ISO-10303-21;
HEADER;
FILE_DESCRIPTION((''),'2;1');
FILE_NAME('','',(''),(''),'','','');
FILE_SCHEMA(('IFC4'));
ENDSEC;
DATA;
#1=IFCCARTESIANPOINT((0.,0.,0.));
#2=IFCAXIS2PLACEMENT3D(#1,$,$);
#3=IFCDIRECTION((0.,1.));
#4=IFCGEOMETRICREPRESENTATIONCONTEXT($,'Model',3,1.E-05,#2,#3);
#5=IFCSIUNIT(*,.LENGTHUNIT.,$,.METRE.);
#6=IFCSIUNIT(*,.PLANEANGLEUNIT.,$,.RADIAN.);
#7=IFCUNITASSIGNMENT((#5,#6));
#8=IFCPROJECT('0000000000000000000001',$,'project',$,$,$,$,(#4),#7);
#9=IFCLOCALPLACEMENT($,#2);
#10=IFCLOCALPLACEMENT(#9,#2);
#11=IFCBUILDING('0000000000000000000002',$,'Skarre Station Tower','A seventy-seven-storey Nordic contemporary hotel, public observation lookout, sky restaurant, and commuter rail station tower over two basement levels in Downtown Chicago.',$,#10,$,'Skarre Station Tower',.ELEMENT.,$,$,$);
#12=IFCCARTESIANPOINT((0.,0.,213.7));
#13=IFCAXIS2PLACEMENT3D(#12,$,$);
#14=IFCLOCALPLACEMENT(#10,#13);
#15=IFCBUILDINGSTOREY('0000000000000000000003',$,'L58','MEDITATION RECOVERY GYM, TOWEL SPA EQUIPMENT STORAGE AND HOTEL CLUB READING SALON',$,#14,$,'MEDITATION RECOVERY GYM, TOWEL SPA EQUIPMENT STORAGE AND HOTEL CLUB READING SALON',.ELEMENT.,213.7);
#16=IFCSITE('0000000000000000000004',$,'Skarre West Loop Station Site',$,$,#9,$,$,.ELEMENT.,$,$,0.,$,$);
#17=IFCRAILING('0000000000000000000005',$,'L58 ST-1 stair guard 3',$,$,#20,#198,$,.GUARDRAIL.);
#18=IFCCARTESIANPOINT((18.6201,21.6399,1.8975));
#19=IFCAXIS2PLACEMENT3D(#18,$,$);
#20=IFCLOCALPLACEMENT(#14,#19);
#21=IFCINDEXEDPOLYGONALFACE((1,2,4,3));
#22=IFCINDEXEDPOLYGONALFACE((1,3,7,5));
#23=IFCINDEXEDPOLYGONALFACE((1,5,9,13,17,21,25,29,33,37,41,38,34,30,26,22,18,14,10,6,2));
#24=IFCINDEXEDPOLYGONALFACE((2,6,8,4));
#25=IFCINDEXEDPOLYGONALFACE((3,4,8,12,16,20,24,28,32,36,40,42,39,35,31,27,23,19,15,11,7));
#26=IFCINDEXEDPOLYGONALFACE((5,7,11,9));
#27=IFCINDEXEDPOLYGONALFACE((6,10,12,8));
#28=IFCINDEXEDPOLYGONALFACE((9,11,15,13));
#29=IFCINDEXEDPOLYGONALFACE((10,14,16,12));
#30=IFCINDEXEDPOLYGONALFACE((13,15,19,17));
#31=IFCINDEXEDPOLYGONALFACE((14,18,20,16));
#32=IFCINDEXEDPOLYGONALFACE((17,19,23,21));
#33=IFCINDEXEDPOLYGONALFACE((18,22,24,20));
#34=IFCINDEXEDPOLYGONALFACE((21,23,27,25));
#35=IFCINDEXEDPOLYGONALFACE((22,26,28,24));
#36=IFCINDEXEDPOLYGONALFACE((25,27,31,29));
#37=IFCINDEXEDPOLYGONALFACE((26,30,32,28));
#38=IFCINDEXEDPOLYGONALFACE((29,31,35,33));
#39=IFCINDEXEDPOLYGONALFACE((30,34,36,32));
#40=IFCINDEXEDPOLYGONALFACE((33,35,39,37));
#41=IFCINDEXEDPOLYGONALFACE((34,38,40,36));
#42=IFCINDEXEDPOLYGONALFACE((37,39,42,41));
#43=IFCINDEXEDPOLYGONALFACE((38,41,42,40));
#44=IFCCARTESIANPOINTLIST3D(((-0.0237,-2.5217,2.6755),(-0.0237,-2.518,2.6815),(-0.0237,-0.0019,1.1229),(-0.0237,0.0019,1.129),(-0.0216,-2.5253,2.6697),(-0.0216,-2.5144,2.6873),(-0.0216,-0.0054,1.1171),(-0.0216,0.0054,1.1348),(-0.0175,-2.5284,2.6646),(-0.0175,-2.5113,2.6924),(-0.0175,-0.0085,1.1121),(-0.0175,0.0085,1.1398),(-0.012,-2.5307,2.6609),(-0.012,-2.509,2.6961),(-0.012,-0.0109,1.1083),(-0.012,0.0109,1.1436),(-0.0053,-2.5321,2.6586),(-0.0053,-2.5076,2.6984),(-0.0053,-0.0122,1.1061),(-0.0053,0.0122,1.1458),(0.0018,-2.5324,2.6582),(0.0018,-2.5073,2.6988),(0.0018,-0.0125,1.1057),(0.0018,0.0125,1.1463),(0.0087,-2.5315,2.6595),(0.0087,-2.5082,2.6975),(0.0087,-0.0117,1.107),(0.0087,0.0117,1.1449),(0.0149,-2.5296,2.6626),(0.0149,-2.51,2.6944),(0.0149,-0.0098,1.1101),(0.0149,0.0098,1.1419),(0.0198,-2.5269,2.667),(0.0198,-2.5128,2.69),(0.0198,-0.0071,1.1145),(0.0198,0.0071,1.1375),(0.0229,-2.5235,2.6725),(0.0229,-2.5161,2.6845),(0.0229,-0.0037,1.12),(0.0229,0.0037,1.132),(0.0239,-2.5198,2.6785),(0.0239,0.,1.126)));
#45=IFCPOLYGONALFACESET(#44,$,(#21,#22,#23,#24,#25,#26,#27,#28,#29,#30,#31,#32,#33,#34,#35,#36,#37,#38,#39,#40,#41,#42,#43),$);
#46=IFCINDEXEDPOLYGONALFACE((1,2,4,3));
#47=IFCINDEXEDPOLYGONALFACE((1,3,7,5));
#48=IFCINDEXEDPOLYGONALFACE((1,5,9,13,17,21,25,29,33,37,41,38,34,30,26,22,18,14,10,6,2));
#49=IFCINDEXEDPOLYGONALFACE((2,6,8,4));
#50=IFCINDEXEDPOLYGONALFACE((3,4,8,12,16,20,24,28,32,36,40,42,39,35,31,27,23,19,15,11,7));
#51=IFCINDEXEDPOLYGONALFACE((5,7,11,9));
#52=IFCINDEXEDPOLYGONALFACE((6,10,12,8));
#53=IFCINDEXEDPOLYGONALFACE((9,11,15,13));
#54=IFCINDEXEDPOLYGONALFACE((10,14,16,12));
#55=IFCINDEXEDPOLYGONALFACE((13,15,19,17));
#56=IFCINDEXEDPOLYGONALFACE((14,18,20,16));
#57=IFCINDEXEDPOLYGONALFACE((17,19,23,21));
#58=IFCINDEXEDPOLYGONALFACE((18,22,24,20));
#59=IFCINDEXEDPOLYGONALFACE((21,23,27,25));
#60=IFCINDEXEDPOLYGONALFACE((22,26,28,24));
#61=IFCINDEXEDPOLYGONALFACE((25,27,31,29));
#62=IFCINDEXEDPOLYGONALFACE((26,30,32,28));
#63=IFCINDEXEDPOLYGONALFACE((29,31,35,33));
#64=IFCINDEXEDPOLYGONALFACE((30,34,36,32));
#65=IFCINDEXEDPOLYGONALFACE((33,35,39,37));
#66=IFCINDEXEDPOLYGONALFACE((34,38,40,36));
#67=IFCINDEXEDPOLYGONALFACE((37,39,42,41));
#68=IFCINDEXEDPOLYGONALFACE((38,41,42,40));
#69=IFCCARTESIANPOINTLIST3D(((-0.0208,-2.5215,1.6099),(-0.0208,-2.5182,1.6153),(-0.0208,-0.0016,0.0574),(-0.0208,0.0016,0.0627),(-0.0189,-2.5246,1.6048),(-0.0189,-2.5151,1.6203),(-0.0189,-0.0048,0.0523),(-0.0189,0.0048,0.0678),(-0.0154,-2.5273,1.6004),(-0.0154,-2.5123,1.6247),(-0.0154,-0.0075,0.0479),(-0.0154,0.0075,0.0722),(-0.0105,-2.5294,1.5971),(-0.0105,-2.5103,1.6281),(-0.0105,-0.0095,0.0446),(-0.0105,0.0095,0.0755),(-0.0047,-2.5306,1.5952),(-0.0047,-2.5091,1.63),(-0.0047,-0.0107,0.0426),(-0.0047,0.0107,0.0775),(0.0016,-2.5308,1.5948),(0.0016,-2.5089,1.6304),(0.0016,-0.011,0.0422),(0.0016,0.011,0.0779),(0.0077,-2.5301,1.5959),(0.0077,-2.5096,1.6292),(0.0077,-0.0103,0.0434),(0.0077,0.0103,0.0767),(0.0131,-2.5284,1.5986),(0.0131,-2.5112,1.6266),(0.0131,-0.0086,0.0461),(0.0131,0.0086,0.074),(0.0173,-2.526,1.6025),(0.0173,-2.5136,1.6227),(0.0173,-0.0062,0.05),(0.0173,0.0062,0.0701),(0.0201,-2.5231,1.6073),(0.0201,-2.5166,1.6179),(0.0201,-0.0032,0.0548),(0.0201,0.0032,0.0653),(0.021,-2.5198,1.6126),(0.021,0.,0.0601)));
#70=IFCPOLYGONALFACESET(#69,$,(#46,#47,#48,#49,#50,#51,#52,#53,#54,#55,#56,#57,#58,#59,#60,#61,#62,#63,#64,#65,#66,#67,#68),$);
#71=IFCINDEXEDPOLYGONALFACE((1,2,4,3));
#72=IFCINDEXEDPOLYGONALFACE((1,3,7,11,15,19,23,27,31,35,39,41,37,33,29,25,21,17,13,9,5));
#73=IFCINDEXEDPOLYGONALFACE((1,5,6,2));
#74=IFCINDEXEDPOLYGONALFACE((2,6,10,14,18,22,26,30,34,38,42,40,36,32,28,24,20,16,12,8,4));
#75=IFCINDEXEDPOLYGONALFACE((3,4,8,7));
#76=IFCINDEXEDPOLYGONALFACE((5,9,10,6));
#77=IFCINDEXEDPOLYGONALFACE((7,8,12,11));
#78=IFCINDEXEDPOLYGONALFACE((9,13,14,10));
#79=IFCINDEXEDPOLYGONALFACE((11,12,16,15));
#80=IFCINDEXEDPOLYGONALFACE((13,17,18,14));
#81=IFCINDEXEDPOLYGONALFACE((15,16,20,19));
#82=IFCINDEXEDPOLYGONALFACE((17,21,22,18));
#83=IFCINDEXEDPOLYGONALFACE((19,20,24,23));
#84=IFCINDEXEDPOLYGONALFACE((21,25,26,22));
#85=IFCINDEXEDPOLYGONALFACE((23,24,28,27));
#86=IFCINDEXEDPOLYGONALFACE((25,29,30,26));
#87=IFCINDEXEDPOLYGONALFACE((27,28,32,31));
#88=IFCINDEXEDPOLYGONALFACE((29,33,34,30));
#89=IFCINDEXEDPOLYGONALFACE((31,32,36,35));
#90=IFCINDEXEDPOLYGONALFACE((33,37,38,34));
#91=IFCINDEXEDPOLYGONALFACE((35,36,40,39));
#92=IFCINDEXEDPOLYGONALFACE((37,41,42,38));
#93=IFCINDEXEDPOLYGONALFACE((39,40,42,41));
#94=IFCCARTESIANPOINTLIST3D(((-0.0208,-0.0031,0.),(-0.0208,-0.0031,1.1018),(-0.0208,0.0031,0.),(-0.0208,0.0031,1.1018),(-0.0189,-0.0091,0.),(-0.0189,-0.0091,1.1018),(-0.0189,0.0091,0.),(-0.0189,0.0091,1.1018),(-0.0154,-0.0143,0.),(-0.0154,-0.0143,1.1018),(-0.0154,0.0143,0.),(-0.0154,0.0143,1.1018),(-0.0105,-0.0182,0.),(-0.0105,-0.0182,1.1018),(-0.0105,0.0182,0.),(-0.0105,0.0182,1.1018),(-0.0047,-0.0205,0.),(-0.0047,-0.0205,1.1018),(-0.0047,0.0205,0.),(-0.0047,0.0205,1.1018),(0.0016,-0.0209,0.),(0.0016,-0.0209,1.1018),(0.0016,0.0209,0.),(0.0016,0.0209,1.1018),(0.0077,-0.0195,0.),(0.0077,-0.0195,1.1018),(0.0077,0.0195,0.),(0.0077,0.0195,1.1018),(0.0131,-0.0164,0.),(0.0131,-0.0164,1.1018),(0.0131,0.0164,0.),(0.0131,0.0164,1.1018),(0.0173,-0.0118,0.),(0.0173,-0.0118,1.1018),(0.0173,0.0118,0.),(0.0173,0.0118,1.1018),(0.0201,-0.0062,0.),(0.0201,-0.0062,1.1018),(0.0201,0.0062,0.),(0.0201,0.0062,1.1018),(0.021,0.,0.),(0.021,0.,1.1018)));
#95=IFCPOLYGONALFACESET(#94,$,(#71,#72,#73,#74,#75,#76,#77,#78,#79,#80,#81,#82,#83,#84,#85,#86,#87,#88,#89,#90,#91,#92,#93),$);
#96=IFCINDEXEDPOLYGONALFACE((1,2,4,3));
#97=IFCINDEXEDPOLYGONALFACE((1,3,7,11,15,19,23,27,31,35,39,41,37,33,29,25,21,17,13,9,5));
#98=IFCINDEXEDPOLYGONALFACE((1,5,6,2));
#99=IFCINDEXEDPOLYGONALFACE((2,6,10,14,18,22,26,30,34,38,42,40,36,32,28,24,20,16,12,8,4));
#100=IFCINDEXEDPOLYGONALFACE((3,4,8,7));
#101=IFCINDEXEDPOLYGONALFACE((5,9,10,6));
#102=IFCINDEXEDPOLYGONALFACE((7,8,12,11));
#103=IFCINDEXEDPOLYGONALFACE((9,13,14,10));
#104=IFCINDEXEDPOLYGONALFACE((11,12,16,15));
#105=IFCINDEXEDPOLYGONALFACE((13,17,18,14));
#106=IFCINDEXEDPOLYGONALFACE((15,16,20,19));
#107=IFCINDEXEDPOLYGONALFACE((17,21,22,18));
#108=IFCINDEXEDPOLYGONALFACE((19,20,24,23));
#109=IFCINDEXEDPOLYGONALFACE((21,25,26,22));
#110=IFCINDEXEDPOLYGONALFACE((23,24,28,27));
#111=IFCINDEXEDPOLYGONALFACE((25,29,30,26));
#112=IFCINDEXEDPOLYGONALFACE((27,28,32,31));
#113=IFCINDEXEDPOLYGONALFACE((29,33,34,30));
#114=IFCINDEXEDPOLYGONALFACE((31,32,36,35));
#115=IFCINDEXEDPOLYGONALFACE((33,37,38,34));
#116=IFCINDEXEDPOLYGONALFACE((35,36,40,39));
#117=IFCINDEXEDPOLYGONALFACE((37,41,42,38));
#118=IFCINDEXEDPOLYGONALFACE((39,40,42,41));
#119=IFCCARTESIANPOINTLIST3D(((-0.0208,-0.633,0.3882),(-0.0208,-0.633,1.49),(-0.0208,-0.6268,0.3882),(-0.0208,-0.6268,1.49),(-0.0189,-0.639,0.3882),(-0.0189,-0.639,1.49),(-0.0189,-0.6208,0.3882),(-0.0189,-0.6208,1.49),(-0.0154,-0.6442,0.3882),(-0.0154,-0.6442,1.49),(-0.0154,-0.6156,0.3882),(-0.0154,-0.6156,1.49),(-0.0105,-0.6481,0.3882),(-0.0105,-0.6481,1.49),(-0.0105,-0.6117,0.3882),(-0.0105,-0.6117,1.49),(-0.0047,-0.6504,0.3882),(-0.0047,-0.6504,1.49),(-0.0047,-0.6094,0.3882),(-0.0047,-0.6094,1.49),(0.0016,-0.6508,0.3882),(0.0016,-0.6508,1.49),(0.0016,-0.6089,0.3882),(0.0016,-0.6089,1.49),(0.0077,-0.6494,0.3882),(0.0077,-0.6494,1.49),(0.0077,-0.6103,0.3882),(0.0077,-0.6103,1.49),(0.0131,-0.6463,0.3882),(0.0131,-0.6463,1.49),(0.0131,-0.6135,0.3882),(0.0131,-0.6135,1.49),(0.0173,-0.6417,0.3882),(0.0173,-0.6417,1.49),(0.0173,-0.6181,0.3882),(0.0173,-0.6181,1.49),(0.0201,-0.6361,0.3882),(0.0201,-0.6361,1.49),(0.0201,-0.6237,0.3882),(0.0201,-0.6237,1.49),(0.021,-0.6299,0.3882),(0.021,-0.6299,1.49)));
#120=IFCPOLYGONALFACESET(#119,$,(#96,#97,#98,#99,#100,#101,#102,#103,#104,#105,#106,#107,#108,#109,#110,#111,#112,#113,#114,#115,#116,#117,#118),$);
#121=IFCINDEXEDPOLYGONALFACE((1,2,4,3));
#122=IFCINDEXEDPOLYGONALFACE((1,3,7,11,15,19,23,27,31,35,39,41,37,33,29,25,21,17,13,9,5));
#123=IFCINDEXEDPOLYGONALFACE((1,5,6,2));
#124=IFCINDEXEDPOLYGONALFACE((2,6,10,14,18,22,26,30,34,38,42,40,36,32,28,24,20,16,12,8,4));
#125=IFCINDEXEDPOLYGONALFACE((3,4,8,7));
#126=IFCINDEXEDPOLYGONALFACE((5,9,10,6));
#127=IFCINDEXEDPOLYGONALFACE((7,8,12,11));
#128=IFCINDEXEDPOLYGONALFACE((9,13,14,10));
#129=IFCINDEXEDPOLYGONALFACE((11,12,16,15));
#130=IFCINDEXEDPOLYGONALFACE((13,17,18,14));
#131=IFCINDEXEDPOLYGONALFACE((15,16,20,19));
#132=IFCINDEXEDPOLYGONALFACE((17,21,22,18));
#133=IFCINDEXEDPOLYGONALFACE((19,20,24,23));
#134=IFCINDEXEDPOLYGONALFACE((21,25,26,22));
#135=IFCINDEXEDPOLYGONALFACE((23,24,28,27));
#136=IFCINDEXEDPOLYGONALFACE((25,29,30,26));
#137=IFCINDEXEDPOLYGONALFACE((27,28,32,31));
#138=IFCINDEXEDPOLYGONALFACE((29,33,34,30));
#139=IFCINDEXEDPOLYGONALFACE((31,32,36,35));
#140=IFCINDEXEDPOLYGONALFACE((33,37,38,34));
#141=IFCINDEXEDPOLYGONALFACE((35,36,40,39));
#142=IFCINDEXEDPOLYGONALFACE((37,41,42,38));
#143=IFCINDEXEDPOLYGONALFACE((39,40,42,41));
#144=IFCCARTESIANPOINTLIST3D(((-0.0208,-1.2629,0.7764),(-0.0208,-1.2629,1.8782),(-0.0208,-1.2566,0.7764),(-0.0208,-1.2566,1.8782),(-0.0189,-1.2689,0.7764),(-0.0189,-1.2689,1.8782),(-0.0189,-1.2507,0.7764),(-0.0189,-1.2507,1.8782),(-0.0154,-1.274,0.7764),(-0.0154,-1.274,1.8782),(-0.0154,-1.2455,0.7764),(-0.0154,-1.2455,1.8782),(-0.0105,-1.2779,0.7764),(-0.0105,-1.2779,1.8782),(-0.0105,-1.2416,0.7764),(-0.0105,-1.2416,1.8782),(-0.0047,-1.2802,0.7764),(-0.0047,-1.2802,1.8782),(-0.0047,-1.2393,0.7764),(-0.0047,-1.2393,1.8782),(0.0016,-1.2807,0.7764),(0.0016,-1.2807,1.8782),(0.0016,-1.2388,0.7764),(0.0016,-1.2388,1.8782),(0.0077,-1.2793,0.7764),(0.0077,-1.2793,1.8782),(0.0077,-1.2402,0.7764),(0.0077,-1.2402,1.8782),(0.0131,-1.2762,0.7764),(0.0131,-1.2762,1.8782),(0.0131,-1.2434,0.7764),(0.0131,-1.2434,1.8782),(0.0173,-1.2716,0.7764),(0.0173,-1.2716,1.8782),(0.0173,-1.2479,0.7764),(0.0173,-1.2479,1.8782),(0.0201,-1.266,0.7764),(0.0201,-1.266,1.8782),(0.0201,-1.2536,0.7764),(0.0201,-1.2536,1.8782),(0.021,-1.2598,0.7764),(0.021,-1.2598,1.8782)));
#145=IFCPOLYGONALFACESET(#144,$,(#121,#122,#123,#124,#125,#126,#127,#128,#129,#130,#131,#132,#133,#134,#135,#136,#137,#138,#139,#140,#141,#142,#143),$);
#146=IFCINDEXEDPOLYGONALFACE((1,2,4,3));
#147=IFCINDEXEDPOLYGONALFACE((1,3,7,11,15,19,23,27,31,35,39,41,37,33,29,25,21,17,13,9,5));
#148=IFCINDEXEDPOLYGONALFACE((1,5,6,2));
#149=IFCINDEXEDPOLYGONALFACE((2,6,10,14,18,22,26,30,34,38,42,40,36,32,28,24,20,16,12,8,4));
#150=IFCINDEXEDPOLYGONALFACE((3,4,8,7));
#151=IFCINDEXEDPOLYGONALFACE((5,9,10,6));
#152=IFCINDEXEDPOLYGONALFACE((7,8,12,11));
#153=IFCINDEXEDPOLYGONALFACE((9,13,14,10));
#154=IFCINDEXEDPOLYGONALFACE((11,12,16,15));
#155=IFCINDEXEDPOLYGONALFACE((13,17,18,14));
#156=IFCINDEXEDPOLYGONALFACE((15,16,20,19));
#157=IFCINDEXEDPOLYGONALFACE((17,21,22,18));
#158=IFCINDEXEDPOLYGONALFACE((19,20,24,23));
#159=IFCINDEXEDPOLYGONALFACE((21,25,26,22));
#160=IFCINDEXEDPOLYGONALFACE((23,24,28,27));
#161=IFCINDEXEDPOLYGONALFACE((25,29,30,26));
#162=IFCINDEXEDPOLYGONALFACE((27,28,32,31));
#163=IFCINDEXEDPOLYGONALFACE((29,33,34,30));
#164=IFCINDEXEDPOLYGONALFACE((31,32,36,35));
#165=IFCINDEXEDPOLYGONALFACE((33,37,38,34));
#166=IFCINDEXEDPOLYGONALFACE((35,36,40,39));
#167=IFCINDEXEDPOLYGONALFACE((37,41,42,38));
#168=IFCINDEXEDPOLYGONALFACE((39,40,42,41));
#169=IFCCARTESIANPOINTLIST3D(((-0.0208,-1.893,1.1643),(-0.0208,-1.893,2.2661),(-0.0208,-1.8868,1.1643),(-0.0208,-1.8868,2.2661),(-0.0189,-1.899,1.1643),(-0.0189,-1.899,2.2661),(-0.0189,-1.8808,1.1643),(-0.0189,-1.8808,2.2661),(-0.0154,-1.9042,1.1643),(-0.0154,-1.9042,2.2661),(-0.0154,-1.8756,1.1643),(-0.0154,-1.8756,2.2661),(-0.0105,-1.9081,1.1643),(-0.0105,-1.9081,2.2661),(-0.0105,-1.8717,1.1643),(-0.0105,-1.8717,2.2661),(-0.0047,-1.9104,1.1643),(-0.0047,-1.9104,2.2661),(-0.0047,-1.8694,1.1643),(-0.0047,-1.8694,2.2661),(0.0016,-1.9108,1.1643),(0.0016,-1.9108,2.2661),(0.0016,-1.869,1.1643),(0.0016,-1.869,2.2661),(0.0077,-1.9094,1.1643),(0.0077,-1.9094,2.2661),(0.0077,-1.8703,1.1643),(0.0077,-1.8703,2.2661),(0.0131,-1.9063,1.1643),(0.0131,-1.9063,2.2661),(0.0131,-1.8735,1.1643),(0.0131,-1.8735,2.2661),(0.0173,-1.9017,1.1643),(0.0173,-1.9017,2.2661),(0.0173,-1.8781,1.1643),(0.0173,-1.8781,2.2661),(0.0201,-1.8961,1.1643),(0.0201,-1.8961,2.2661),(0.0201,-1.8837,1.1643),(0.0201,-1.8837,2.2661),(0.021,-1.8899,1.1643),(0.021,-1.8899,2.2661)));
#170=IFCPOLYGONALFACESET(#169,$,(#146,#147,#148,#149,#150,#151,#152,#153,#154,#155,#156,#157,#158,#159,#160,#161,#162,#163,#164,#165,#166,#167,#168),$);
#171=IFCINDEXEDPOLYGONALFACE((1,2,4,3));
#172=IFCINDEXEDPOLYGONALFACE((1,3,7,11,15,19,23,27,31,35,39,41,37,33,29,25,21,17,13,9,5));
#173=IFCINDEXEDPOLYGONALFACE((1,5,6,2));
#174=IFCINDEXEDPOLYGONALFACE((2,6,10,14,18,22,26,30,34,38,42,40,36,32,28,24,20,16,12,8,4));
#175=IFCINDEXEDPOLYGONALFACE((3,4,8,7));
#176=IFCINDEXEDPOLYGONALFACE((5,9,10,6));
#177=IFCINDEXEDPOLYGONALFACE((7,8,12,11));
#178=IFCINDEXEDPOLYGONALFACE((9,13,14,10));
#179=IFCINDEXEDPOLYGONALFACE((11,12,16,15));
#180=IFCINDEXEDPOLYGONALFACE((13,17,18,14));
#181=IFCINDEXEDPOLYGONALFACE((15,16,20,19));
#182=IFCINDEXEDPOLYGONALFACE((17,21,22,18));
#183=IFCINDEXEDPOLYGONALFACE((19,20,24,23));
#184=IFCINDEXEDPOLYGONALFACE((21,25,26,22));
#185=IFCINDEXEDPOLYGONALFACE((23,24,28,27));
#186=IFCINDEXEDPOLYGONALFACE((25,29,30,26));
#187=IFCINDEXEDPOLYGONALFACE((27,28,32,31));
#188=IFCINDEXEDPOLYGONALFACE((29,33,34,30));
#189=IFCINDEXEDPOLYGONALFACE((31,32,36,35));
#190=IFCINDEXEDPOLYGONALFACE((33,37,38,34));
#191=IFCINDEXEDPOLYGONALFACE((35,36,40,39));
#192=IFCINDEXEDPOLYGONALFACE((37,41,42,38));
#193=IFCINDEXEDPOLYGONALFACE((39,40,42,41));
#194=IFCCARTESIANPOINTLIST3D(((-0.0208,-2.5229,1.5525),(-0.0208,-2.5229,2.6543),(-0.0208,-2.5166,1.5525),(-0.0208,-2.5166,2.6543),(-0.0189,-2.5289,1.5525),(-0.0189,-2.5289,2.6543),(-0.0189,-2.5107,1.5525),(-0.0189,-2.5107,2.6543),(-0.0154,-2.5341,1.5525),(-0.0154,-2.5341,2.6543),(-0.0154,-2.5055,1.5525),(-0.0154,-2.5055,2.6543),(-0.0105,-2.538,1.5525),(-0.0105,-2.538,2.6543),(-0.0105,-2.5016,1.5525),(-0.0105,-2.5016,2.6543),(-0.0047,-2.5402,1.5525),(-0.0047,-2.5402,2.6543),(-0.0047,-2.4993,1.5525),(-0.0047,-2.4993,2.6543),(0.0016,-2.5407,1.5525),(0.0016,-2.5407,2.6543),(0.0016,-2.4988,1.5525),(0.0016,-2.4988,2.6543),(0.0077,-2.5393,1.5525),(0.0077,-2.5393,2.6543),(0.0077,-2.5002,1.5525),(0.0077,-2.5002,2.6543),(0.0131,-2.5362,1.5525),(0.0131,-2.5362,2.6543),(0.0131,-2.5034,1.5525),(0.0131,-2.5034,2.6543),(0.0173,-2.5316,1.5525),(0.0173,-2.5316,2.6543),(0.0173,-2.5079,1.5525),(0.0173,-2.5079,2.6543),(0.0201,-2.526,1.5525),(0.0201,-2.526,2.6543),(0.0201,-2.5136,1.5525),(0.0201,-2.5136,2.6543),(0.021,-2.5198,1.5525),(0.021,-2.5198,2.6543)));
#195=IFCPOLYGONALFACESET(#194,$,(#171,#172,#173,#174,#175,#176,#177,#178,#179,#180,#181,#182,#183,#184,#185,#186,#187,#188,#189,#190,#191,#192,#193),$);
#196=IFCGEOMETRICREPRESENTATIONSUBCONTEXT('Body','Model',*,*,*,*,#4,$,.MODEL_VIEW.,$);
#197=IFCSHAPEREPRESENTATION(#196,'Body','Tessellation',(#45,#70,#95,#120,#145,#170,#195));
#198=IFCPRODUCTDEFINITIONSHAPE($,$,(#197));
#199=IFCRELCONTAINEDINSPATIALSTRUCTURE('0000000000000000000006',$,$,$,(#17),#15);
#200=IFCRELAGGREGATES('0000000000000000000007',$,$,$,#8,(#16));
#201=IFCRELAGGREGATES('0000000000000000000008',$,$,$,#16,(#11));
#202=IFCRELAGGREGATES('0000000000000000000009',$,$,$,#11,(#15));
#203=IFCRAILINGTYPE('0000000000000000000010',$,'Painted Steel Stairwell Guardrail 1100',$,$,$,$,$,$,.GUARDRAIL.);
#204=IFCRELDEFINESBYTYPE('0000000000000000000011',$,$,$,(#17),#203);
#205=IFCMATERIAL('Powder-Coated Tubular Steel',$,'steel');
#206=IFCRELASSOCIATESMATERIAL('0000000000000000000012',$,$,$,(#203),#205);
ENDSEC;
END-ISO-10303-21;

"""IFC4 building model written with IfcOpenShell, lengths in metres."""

from ifc_helpers import new_model, si_unit, direction, frame, origin, origin_2d, place, context, subcontext, project, spatial, circle, extrude, material, type_object, element, save


model = new_model("IFC4")

# Units and contexts
model_context = context("Model", 3, precision=1e-05, world=origin(), true_north=direction((0.0, 1.0)))
body_context = subcontext(model_context, "Body", "Model", "MODEL_VIEW")
ifc_project = project(units=[si_unit("LENGTHUNIT", "METRE"), si_unit("PLANEANGLEUNIT", "RADIAN")], contexts=[model_context])

# Site, building, storey
site_placement = place(None, origin())
site = spatial("IfcSite", under=ifc_project, at=site_placement, Name="Skarre West Loop Station Site", CompositionType="ELEMENT", RefElevation=0.0)
building_placement = place(site_placement, origin())
building = spatial("IfcBuilding", under=site, at=building_placement, Name="Skarre Station Tower", Description="A seventy-seven-storey Nordic contemporary hotel, public observation lookout, sky restaurant, and commuter rail station tower over two basement levels in Downtown Chicago.", LongName="Skarre Station Tower", CompositionType="ELEMENT")
storey_placement = place(building_placement, frame((0.0, 0.0, 213.7)))
storey = spatial("IfcBuildingStorey", under=building, at=storey_placement, Name="L58", Description="MEDITATION RECOVERY GYM, TOWEL SPA EQUIPMENT STORAGE AND HOTEL CLUB READING SALON", LongName="MEDITATION RECOVERY GYM, TOWEL SPA EQUIPMENT STORAGE AND HOTEL CLUB READING SALON", CompositionType="ELEMENT", Elevation=213.7)

# Railing
ifc_material_1 = material(Name="Powder-Coated Tubular Steel", Category="steel")
railing_type_1 = type_object("IfcRailingType", Name="Painted Steel Stairwell Guardrail 1100", PredefinedType="GUARDRAIL", material=ifc_material_1)
railing_1_placement = place(storey_placement, frame((18.6201, 21.6399, 1.8975)))
element("IfcRailing", 1, at=railing_1_placement, inside=storey, type_object=railing_type_1, Name="L58 ST-1 stair guard 3", PredefinedType="GUARDRAIL", context=body_context, shape_type="SweptSolid", body=[
    extrude(circle(Radius=0.0239, at=origin_2d()), frame((0.0, 0.0, 1.126), z_axis=(0.0, -0.851378, 0.524553), x_axis=(1.0, 0.0, 0.0)), (0.0, 0.0, 1.0), 2.9597),
    extrude(circle(Radius=0.021, at=origin_2d()), frame((0.0, 0.0, 0.0601), z_axis=(0.0, -0.851378, 0.524553), x_axis=(1.0, 0.0, 0.0)), (0.0, 0.0, 1.0), 2.9597),
    extrude(circle(Radius=0.021, at=origin_2d()), origin(), (0.0, 0.0, 1.0), 1.1018),
    extrude(circle(Radius=0.021, at=origin_2d()), frame((0.0, -0.6299, 0.3882)), (0.0, 0.0, 1.0), 1.1018),
    extrude(circle(Radius=0.021, at=origin_2d()), frame((0.0, -1.2598, 0.7764)), (0.0, 0.0, 1.0), 1.1018),
    extrude(circle(Radius=0.021, at=origin_2d()), frame((0.0, -1.8899, 1.1643)), (0.0, 0.0, 1.0), 1.1018),
    extrude(circle(Radius=0.021, at=origin_2d()), frame((0.0, -2.5198, 1.5525)), (0.0, 0.0, 1.0), 1.1018),
])

save(model, "model.ifc")
